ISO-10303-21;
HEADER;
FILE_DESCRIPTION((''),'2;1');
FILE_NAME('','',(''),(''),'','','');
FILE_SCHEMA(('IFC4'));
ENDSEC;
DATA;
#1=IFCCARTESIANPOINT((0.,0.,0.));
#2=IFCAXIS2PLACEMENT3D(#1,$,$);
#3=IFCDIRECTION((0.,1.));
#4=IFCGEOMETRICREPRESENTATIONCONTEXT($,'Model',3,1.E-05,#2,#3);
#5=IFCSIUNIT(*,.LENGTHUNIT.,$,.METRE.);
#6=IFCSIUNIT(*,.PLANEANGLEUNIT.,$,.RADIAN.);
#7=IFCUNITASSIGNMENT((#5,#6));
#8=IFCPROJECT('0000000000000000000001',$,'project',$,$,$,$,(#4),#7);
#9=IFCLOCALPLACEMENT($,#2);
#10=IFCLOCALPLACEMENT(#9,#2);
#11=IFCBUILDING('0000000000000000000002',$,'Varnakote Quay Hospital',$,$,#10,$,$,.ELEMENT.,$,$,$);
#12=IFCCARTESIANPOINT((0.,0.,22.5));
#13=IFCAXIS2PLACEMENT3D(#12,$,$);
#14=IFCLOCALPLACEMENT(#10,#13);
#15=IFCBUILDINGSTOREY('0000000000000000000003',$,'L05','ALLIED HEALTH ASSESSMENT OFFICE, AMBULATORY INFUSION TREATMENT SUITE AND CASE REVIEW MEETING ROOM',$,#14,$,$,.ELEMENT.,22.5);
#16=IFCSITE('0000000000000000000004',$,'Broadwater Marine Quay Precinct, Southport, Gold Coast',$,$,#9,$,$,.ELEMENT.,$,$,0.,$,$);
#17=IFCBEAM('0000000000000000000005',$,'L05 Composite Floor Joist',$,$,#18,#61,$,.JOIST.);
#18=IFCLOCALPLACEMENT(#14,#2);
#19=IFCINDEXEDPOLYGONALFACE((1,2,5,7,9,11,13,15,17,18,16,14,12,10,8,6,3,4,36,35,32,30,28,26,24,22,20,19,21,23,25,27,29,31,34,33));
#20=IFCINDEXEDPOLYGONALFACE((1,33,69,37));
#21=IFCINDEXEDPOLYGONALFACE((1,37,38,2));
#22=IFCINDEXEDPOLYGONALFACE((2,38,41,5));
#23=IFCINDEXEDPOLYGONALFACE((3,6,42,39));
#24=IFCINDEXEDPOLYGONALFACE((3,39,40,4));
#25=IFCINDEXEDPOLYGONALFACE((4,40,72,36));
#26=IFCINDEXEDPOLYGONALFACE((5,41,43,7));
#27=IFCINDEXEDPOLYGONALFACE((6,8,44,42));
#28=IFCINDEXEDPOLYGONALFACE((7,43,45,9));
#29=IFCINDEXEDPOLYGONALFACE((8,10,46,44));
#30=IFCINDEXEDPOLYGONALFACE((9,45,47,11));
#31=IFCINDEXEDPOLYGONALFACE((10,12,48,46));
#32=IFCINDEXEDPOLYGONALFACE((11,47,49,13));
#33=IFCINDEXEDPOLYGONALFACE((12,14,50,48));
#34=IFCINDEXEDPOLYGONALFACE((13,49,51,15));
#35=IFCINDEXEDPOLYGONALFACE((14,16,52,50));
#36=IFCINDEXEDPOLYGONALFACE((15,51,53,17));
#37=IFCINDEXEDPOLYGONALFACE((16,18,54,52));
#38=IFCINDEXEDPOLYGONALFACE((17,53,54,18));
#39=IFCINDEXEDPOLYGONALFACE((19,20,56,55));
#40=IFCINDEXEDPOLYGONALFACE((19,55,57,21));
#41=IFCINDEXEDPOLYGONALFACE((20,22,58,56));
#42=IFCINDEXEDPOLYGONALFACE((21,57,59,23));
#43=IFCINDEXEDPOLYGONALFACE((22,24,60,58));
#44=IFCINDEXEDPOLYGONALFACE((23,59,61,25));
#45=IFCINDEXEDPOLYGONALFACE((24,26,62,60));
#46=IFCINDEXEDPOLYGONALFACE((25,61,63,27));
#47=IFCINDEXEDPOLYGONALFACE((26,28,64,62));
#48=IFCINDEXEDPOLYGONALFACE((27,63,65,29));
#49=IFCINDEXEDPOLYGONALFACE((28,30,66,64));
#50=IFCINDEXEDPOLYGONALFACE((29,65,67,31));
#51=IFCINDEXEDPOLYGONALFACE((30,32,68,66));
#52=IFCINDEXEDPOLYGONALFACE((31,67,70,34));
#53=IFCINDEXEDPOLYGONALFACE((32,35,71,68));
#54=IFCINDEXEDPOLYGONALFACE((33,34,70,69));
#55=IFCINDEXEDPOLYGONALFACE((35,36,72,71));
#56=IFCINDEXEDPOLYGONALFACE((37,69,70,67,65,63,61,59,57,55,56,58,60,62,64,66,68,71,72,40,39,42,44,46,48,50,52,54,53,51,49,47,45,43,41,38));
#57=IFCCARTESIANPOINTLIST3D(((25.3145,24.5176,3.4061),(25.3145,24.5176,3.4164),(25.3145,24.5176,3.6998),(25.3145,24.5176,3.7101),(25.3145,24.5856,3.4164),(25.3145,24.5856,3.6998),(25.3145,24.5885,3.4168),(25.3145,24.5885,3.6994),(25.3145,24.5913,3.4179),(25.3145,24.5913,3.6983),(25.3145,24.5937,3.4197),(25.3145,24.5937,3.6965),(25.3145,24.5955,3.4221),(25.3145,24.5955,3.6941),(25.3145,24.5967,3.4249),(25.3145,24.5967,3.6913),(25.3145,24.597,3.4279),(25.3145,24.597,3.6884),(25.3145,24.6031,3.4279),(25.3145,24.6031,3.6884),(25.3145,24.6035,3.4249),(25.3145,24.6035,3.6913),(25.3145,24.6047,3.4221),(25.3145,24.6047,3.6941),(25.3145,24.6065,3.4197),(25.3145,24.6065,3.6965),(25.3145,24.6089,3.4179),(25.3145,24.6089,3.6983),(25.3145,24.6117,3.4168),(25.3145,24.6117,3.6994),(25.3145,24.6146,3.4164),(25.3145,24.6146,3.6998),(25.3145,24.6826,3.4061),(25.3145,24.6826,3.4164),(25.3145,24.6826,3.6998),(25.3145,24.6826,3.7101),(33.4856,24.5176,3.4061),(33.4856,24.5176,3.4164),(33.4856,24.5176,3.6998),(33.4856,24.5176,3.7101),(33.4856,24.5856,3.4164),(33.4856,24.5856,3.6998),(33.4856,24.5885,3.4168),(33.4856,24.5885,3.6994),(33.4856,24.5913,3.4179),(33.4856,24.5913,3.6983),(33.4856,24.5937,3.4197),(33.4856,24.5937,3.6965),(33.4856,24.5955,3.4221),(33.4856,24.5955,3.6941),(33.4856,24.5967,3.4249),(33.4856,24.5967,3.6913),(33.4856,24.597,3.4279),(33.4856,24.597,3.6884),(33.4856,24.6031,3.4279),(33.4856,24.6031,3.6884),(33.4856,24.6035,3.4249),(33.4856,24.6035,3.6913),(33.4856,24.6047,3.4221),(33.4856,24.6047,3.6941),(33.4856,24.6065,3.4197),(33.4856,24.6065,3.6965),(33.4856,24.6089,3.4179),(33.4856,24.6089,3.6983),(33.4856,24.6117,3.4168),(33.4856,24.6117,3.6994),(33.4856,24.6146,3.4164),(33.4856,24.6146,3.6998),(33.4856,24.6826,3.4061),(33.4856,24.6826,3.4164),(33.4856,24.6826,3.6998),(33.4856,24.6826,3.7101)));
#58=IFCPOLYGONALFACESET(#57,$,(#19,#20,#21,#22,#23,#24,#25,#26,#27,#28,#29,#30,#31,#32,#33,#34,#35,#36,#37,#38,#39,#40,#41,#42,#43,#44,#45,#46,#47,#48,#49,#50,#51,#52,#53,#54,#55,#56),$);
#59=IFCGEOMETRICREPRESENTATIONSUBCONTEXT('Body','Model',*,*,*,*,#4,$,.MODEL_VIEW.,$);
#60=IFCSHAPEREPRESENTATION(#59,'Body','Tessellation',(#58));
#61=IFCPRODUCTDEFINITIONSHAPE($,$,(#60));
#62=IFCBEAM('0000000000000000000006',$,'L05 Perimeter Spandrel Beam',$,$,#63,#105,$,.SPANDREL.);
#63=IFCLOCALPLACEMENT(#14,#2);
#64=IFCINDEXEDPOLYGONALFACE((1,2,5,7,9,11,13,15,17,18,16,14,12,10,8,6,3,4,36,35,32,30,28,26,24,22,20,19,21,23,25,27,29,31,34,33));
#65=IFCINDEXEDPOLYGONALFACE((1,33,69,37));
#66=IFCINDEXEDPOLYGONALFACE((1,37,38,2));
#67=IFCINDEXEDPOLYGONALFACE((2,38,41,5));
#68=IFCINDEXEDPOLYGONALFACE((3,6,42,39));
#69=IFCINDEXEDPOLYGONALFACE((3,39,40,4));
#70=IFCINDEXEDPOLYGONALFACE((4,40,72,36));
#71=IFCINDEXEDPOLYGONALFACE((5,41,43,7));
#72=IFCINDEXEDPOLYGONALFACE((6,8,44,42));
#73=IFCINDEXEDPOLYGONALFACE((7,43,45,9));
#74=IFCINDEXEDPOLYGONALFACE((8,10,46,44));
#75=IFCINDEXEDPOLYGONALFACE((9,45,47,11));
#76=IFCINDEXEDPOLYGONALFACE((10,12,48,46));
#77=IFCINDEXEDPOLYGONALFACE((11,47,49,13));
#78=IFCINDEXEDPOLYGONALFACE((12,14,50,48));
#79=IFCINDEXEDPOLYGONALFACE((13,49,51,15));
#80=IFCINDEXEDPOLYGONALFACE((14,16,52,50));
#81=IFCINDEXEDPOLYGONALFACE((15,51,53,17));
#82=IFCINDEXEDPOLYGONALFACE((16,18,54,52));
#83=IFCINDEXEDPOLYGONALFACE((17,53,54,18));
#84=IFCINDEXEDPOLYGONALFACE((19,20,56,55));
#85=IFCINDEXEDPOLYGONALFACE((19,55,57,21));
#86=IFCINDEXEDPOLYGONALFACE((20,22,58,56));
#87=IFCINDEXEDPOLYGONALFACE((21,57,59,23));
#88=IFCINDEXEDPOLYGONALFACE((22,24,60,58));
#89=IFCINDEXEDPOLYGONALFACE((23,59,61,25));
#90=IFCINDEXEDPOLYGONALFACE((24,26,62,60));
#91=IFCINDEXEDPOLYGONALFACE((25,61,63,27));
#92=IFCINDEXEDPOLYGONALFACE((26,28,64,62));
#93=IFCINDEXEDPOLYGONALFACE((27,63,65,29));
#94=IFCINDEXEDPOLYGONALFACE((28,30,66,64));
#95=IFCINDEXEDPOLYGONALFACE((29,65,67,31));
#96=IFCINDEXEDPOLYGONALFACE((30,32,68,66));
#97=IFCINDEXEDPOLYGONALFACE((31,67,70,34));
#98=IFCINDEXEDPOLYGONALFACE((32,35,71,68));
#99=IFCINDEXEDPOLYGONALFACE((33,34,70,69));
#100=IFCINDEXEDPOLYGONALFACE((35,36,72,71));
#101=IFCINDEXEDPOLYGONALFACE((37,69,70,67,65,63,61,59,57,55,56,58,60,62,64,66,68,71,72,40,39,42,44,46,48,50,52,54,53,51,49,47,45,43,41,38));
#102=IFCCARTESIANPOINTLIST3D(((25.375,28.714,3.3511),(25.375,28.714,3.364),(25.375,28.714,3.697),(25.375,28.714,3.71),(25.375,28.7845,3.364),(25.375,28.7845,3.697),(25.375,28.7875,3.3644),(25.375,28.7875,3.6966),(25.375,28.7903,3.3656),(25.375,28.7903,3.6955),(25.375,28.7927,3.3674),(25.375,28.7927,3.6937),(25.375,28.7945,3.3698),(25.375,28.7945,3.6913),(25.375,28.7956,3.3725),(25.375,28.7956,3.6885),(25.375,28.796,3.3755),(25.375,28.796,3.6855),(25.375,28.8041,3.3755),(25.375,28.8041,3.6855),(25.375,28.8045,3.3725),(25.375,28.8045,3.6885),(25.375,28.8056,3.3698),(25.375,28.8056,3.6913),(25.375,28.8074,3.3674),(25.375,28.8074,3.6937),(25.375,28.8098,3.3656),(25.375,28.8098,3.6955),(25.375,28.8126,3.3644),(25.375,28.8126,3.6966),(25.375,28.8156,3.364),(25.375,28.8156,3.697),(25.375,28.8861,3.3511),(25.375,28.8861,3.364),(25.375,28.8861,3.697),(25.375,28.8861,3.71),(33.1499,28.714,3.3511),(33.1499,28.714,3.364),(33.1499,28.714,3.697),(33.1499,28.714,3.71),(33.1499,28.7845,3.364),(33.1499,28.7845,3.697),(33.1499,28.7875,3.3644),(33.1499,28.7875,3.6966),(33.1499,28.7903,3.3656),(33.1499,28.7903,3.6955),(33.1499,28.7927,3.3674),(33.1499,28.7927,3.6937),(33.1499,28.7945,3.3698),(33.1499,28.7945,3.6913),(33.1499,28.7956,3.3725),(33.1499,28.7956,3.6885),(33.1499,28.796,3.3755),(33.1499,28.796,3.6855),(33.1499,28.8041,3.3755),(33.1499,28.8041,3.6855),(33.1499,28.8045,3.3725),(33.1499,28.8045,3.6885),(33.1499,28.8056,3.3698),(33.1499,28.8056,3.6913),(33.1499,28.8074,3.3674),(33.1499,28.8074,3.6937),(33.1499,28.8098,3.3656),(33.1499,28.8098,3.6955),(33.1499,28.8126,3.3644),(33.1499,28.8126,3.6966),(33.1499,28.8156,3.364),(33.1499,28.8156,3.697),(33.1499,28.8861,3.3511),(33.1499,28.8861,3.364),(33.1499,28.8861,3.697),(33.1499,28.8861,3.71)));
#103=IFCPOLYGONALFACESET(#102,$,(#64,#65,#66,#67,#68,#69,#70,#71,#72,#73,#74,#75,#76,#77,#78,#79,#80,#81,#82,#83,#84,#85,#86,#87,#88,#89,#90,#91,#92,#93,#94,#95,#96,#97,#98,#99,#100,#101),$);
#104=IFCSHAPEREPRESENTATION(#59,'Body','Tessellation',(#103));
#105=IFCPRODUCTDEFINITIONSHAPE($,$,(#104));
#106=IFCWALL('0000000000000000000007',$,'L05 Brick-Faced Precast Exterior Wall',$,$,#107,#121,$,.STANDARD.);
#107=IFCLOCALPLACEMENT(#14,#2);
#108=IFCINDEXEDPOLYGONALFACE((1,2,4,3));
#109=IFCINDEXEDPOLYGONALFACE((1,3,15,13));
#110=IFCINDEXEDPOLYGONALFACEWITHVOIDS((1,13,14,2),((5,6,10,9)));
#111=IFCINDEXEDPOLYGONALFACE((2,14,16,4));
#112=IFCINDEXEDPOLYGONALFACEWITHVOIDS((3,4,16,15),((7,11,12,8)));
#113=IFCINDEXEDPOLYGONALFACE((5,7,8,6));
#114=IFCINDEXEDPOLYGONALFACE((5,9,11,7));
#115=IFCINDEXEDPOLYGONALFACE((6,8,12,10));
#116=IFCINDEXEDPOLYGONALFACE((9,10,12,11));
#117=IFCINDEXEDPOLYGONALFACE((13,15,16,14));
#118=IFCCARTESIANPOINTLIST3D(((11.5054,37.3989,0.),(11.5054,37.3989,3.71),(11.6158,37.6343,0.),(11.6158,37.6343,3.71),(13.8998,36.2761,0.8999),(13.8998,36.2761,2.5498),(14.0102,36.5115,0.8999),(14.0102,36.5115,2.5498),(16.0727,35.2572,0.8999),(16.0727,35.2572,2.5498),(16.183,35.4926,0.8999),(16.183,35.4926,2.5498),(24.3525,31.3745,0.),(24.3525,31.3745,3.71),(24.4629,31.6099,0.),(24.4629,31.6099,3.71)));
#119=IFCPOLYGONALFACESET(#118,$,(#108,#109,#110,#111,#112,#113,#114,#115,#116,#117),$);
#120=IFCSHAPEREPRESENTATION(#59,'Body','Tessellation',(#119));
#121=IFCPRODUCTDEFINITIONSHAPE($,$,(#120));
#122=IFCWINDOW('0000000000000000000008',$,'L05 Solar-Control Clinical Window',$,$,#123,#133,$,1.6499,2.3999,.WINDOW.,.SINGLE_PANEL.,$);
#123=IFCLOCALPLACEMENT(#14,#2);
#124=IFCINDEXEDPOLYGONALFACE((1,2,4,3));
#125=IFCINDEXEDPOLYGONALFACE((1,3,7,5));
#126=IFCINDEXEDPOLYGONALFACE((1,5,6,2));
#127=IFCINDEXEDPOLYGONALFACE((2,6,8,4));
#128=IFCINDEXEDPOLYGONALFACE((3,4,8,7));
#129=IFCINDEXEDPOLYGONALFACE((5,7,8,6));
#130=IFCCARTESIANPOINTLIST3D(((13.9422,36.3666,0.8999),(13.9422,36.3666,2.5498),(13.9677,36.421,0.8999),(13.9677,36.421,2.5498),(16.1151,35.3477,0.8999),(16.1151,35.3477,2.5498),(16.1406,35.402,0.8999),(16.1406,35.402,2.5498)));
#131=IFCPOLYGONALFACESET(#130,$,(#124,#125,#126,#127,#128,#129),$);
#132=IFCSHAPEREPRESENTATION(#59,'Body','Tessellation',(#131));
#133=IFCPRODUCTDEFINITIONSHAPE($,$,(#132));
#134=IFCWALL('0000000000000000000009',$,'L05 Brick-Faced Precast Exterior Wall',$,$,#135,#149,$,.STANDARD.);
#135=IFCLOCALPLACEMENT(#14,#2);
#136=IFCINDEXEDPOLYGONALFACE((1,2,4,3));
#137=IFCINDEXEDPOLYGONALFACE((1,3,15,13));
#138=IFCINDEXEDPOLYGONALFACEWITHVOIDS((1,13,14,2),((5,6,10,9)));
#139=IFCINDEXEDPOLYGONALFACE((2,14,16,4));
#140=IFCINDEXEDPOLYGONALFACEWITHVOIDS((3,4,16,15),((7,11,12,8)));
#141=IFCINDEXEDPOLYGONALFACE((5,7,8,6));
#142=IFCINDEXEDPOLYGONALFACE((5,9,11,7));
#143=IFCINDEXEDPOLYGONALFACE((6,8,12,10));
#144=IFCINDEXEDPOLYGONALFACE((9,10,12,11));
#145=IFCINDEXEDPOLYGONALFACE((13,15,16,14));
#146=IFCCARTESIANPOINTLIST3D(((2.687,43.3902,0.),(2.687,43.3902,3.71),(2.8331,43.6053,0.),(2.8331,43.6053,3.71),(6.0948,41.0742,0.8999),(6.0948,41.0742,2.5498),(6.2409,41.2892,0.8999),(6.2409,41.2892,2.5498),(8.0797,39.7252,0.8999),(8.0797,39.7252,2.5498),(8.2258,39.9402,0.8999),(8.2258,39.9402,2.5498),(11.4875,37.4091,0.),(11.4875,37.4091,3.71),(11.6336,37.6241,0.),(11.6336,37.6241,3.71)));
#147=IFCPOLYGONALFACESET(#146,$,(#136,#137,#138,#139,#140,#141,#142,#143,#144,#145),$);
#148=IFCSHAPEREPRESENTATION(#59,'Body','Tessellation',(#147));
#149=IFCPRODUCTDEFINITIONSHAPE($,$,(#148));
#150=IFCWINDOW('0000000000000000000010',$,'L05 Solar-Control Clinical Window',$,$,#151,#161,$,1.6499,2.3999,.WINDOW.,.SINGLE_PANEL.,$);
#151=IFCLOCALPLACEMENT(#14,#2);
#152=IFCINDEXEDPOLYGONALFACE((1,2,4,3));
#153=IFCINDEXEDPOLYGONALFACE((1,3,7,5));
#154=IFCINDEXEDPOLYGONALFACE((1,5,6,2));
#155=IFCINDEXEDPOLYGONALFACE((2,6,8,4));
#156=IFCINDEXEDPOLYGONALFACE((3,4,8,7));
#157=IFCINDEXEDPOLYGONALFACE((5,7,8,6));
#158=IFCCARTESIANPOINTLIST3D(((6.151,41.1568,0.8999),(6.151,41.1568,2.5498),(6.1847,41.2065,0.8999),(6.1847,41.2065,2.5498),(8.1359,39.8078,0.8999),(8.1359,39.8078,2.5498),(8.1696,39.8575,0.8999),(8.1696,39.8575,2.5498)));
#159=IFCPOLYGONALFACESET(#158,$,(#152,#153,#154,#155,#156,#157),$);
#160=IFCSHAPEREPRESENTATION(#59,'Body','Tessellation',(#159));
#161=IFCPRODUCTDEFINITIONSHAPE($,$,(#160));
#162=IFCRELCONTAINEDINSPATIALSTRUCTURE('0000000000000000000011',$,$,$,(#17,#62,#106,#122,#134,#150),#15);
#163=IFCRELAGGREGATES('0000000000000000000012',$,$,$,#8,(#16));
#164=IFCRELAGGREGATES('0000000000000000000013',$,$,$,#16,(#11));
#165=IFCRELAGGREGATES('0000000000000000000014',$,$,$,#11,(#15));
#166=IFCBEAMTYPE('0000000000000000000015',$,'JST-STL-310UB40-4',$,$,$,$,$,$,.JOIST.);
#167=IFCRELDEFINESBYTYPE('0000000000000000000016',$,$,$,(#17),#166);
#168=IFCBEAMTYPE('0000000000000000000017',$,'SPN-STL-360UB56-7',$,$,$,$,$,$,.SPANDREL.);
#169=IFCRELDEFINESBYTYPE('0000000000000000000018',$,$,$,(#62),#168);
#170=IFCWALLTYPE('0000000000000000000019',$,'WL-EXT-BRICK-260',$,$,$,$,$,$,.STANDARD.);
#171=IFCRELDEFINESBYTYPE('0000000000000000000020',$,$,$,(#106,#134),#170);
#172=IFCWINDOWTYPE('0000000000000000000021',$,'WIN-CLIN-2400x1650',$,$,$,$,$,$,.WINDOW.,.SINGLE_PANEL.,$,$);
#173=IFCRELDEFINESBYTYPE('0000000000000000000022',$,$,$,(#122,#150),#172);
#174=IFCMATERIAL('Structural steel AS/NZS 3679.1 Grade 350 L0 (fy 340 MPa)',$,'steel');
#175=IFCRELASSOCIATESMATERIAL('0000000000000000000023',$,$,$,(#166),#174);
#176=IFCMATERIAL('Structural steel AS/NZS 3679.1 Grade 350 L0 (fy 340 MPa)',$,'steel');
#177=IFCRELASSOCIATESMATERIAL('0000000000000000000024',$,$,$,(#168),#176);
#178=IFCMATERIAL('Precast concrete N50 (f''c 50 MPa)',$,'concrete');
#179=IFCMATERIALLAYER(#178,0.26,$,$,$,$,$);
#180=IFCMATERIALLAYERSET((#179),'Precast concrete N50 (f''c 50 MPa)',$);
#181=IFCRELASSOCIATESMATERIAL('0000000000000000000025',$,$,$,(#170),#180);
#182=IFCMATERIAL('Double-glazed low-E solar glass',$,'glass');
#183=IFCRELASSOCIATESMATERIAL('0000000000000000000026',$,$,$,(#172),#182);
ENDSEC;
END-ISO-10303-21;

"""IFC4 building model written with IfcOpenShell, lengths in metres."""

from ifc_helpers import new_model, si_unit, direction, frame, frame_2d, origin, origin_2d, place, context, subcontext, project, spatial, rectangle, i_section, extrude, material, layer, layer_set, material_profile, profile_set, type_object, element, fill, save


model = new_model("IFC4")

# Units and contexts
model_context = context("Model", 3, precision=1e-05, world=origin(), true_north=direction((0.0, 1.0)))
body_context = subcontext(model_context, "Body", "Model", "MODEL_VIEW")
ifc_project = project(units=[si_unit("LENGTHUNIT", "METRE"), si_unit("PLANEANGLEUNIT", "RADIAN")], contexts=[model_context])

# Site, building, storey
site_placement = place(None, origin())
site = spatial("IfcSite", under=ifc_project, at=site_placement, Name="Broadwater Marine Quay Precinct, Southport, Gold Coast", CompositionType="ELEMENT", RefElevation=0.0)
building_placement = place(site_placement, origin())
building = spatial("IfcBuilding", under=site, at=building_placement, Name="Varnakote Quay Hospital", CompositionType="ELEMENT")
storey_placement = place(building_placement, frame((0.0, 0.0, 22.5)))
storey = spatial("IfcBuildingStorey", under=building, at=storey_placement, Name="L05", Description="ALLIED HEALTH ASSESSMENT OFFICE, AMBULATORY INFUSION TREATMENT SUITE AND CASE REVIEW MEETING ROOM", CompositionType="ELEMENT", Elevation=22.5)

# Beams
ifc_material_1 = material(Name="Structural steel AS/NZS 3679.1 Grade 350 L0 (fy 340 MPa)", Category="steel")
ifc_material_profile_1 = material_profile(ifc_material_1, i_section(OverallWidth=0.165, OverallDepth=0.304, WebThickness=0.0061, FlangeThickness=0.0103, FilletRadius=0.0115, at=origin_2d()), Name="310UB40.4")
ifc_profile_set_1 = profile_set([ifc_material_profile_1], Name="Structural steel AS/NZS 3679.1 Grade 350 L0 (fy 340 MPa)")
beam_type_1 = type_object("IfcBeamType", Name="JST-STL-310UB40-4", PredefinedType="JOIST", material=ifc_profile_set_1)
beam_1_placement = place(storey_placement, frame((25.3145, 24.6001, 3.5581), z_axis=(1.0, 0.0, 0.0), x_axis=(0.0, 1.0, 0.0)))
element("IfcBeam", 1, at=beam_1_placement, inside=storey, type_object=beam_type_1, Name="L05 Composite Floor Joist", PredefinedType="JOIST", context=body_context, shape_type="SweptSolid", body=[
    extrude(i_section(OverallWidth=0.165, OverallDepth=0.304, WebThickness=0.0061, FlangeThickness=0.0103, FilletRadius=0.0115, at=origin_2d()), origin(), (0.0, 0.0, 1.0), 8.1711),
])
ifc_material_2 = material(Name="Structural steel AS/NZS 3679.1 Grade 350 L0 (fy 340 MPa)", Category="steel")
ifc_material_profile_2 = material_profile(ifc_material_2, i_section(OverallWidth=0.1721, OverallDepth=0.3589, WebThickness=0.0081, FlangeThickness=0.0129, FilletRadius=0.0115, at=origin_2d()), Name="360UB56.7")
ifc_profile_set_2 = profile_set([ifc_material_profile_2], Name="Structural steel AS/NZS 3679.1 Grade 350 L0 (fy 340 MPa)")
beam_type_2 = type_object("IfcBeamType", Name="SPN-STL-360UB56-7", PredefinedType="SPANDREL", material=ifc_profile_set_2)
beam_2_placement = place(storey_placement, frame((25.375, 28.8, 3.5305), z_axis=(1.0, 0.0, 0.0), x_axis=(0.0, 1.0, 0.0)))
element("IfcBeam", 2, at=beam_2_placement, inside=storey, type_object=beam_type_2, Name="L05 Perimeter Spandrel Beam", PredefinedType="SPANDREL", context=body_context, shape_type="SweptSolid", body=[
    extrude(i_section(OverallWidth=0.1721, OverallDepth=0.3589, WebThickness=0.0081, FlangeThickness=0.0129, FilletRadius=0.0115, at=origin_2d()), origin(), (0.0, 0.0, 1.0), 7.7749),
])

# Walls, openings, windows
ifc_material_3 = material(Name="Precast concrete N50 (f'c 50 MPa)", Category="concrete")
ifc_layer_1 = layer(ifc_material_3, 0.26)
ifc_layer_set_1 = layer_set([ifc_layer_1], Name="Precast concrete N50 (f'c 50 MPa)")
wall_type_1 = type_object("IfcWallType", Name="WL-EXT-BRICK-260", PredefinedType="STANDARD", material=ifc_layer_set_1)
wall_1_placement = place(storey_placement, frame((24.4077, 31.4922, 0.0), z_axis=(0.0, 0.0, 1.0), x_axis=(-0.905397, 0.424567, 0.0)))
wall_1 = element("IfcWall", 3, at=wall_1_placement, inside=storey, type_object=wall_type_1, Name="L05 Brick-Faced Precast Exterior Wall", PredefinedType="STANDARD", context=body_context, shape_type="SweptSolid", body=[
    extrude(rectangle(XDim=14.1895, YDim=0.26, at=frame_2d((7.0947, 0.0))), origin(), (0.0, 0.0, 1.0), 3.71),
])
opening_1_placement = place(wall_1_placement, frame((9.145, 0.0, 0.8999)))
opening_1 = element("IfcOpeningElement", 4, at=opening_1_placement, cuts=wall_1, PredefinedType="OPENING", context=body_context, shape_type="SweptSolid", body=[
    extrude(rectangle(XDim=2.3999, YDim=1.6499, at=frame_2d((1.2, 0.825))), frame((0.0, 0.1399, 0.0), z_axis=(0.0, -1.0, 0.0), x_axis=(1.0, 0.0, 0.0)), (0.0, 0.0, 1.0), 0.28),
])
ifc_material_4 = material(Name="Double-glazed low-E solar glass", Category="glass")
window_type = type_object("IfcWindowType", Name="WIN-CLIN-2400x1650", PartitioningType="SINGLE_PANEL", PredefinedType="WINDOW", material=ifc_material_4)
window_1_placement = place(opening_1_placement, origin())
window_1 = element("IfcWindow", 5, at=window_1_placement, inside=storey, type_object=window_type, Name="L05 Solar-Control Clinical Window", OverallHeight=1.6499, OverallWidth=2.3999, PartitioningType="SINGLE_PANEL", PredefinedType="WINDOW", context=body_context, shape_type="SweptSolid", body=[
    extrude(rectangle(XDim=2.3999, YDim=1.6499, at=frame_2d((1.2, 0.825))), frame((0.0, 0.03, 0.0), z_axis=(0.0, -1.0, 0.0), x_axis=(1.0, 0.0, 0.0)), (0.0, 0.0, 1.0), 0.0601),
])
fill(opening_1, window_1)
wall_2_placement = place(storey_placement, frame((11.5605, 37.5166, 0.0), z_axis=(0.0, 0.0, 1.0), x_axis=(-0.827065, 0.562107, 0.0)))
wall_2 = element("IfcWall", 6, at=wall_2_placement, inside=storey, type_object=wall_type_1, Name="L05 Brick-Faced Precast Exterior Wall", PredefinedType="STANDARD", context=body_context, shape_type="SweptSolid", body=[
    extrude(rectangle(XDim=10.6406, YDim=0.26, at=frame_2d((5.3203, 0.0))), origin(), (0.0, 0.0, 1.0), 3.71),
])
opening_2_placement = place(wall_2_placement, frame((4.1204, 0.0, 0.8999)))
opening_2 = element("IfcOpeningElement", 7, at=opening_2_placement, cuts=wall_2, PredefinedType="OPENING", context=body_context, shape_type="SweptSolid", body=[
    extrude(rectangle(XDim=2.3999, YDim=1.6499, at=frame_2d((1.2, 0.825))), frame((0.0, 0.1399, 0.0), z_axis=(0.0, -1.0, 0.0), x_axis=(1.0, 0.0, 0.0)), (0.0, 0.0, 1.0), 0.28),
])
window_2_placement = place(opening_2_placement, origin())
window_2 = element("IfcWindow", 8, at=window_2_placement, inside=storey, type_object=window_type, Name="L05 Solar-Control Clinical Window", OverallHeight=1.6499, OverallWidth=2.3999, PartitioningType="SINGLE_PANEL", PredefinedType="WINDOW", context=body_context, shape_type="SweptSolid", body=[
    extrude(rectangle(XDim=2.3999, YDim=1.6499, at=frame_2d((1.2, 0.825))), frame((0.0, 0.03, 0.0), z_axis=(0.0, -1.0, 0.0), x_axis=(1.0, 0.0, 0.0)), (0.0, 0.0, 1.0), 0.0601),
])
fill(opening_2, window_2)

save(model, "model.ifc")
